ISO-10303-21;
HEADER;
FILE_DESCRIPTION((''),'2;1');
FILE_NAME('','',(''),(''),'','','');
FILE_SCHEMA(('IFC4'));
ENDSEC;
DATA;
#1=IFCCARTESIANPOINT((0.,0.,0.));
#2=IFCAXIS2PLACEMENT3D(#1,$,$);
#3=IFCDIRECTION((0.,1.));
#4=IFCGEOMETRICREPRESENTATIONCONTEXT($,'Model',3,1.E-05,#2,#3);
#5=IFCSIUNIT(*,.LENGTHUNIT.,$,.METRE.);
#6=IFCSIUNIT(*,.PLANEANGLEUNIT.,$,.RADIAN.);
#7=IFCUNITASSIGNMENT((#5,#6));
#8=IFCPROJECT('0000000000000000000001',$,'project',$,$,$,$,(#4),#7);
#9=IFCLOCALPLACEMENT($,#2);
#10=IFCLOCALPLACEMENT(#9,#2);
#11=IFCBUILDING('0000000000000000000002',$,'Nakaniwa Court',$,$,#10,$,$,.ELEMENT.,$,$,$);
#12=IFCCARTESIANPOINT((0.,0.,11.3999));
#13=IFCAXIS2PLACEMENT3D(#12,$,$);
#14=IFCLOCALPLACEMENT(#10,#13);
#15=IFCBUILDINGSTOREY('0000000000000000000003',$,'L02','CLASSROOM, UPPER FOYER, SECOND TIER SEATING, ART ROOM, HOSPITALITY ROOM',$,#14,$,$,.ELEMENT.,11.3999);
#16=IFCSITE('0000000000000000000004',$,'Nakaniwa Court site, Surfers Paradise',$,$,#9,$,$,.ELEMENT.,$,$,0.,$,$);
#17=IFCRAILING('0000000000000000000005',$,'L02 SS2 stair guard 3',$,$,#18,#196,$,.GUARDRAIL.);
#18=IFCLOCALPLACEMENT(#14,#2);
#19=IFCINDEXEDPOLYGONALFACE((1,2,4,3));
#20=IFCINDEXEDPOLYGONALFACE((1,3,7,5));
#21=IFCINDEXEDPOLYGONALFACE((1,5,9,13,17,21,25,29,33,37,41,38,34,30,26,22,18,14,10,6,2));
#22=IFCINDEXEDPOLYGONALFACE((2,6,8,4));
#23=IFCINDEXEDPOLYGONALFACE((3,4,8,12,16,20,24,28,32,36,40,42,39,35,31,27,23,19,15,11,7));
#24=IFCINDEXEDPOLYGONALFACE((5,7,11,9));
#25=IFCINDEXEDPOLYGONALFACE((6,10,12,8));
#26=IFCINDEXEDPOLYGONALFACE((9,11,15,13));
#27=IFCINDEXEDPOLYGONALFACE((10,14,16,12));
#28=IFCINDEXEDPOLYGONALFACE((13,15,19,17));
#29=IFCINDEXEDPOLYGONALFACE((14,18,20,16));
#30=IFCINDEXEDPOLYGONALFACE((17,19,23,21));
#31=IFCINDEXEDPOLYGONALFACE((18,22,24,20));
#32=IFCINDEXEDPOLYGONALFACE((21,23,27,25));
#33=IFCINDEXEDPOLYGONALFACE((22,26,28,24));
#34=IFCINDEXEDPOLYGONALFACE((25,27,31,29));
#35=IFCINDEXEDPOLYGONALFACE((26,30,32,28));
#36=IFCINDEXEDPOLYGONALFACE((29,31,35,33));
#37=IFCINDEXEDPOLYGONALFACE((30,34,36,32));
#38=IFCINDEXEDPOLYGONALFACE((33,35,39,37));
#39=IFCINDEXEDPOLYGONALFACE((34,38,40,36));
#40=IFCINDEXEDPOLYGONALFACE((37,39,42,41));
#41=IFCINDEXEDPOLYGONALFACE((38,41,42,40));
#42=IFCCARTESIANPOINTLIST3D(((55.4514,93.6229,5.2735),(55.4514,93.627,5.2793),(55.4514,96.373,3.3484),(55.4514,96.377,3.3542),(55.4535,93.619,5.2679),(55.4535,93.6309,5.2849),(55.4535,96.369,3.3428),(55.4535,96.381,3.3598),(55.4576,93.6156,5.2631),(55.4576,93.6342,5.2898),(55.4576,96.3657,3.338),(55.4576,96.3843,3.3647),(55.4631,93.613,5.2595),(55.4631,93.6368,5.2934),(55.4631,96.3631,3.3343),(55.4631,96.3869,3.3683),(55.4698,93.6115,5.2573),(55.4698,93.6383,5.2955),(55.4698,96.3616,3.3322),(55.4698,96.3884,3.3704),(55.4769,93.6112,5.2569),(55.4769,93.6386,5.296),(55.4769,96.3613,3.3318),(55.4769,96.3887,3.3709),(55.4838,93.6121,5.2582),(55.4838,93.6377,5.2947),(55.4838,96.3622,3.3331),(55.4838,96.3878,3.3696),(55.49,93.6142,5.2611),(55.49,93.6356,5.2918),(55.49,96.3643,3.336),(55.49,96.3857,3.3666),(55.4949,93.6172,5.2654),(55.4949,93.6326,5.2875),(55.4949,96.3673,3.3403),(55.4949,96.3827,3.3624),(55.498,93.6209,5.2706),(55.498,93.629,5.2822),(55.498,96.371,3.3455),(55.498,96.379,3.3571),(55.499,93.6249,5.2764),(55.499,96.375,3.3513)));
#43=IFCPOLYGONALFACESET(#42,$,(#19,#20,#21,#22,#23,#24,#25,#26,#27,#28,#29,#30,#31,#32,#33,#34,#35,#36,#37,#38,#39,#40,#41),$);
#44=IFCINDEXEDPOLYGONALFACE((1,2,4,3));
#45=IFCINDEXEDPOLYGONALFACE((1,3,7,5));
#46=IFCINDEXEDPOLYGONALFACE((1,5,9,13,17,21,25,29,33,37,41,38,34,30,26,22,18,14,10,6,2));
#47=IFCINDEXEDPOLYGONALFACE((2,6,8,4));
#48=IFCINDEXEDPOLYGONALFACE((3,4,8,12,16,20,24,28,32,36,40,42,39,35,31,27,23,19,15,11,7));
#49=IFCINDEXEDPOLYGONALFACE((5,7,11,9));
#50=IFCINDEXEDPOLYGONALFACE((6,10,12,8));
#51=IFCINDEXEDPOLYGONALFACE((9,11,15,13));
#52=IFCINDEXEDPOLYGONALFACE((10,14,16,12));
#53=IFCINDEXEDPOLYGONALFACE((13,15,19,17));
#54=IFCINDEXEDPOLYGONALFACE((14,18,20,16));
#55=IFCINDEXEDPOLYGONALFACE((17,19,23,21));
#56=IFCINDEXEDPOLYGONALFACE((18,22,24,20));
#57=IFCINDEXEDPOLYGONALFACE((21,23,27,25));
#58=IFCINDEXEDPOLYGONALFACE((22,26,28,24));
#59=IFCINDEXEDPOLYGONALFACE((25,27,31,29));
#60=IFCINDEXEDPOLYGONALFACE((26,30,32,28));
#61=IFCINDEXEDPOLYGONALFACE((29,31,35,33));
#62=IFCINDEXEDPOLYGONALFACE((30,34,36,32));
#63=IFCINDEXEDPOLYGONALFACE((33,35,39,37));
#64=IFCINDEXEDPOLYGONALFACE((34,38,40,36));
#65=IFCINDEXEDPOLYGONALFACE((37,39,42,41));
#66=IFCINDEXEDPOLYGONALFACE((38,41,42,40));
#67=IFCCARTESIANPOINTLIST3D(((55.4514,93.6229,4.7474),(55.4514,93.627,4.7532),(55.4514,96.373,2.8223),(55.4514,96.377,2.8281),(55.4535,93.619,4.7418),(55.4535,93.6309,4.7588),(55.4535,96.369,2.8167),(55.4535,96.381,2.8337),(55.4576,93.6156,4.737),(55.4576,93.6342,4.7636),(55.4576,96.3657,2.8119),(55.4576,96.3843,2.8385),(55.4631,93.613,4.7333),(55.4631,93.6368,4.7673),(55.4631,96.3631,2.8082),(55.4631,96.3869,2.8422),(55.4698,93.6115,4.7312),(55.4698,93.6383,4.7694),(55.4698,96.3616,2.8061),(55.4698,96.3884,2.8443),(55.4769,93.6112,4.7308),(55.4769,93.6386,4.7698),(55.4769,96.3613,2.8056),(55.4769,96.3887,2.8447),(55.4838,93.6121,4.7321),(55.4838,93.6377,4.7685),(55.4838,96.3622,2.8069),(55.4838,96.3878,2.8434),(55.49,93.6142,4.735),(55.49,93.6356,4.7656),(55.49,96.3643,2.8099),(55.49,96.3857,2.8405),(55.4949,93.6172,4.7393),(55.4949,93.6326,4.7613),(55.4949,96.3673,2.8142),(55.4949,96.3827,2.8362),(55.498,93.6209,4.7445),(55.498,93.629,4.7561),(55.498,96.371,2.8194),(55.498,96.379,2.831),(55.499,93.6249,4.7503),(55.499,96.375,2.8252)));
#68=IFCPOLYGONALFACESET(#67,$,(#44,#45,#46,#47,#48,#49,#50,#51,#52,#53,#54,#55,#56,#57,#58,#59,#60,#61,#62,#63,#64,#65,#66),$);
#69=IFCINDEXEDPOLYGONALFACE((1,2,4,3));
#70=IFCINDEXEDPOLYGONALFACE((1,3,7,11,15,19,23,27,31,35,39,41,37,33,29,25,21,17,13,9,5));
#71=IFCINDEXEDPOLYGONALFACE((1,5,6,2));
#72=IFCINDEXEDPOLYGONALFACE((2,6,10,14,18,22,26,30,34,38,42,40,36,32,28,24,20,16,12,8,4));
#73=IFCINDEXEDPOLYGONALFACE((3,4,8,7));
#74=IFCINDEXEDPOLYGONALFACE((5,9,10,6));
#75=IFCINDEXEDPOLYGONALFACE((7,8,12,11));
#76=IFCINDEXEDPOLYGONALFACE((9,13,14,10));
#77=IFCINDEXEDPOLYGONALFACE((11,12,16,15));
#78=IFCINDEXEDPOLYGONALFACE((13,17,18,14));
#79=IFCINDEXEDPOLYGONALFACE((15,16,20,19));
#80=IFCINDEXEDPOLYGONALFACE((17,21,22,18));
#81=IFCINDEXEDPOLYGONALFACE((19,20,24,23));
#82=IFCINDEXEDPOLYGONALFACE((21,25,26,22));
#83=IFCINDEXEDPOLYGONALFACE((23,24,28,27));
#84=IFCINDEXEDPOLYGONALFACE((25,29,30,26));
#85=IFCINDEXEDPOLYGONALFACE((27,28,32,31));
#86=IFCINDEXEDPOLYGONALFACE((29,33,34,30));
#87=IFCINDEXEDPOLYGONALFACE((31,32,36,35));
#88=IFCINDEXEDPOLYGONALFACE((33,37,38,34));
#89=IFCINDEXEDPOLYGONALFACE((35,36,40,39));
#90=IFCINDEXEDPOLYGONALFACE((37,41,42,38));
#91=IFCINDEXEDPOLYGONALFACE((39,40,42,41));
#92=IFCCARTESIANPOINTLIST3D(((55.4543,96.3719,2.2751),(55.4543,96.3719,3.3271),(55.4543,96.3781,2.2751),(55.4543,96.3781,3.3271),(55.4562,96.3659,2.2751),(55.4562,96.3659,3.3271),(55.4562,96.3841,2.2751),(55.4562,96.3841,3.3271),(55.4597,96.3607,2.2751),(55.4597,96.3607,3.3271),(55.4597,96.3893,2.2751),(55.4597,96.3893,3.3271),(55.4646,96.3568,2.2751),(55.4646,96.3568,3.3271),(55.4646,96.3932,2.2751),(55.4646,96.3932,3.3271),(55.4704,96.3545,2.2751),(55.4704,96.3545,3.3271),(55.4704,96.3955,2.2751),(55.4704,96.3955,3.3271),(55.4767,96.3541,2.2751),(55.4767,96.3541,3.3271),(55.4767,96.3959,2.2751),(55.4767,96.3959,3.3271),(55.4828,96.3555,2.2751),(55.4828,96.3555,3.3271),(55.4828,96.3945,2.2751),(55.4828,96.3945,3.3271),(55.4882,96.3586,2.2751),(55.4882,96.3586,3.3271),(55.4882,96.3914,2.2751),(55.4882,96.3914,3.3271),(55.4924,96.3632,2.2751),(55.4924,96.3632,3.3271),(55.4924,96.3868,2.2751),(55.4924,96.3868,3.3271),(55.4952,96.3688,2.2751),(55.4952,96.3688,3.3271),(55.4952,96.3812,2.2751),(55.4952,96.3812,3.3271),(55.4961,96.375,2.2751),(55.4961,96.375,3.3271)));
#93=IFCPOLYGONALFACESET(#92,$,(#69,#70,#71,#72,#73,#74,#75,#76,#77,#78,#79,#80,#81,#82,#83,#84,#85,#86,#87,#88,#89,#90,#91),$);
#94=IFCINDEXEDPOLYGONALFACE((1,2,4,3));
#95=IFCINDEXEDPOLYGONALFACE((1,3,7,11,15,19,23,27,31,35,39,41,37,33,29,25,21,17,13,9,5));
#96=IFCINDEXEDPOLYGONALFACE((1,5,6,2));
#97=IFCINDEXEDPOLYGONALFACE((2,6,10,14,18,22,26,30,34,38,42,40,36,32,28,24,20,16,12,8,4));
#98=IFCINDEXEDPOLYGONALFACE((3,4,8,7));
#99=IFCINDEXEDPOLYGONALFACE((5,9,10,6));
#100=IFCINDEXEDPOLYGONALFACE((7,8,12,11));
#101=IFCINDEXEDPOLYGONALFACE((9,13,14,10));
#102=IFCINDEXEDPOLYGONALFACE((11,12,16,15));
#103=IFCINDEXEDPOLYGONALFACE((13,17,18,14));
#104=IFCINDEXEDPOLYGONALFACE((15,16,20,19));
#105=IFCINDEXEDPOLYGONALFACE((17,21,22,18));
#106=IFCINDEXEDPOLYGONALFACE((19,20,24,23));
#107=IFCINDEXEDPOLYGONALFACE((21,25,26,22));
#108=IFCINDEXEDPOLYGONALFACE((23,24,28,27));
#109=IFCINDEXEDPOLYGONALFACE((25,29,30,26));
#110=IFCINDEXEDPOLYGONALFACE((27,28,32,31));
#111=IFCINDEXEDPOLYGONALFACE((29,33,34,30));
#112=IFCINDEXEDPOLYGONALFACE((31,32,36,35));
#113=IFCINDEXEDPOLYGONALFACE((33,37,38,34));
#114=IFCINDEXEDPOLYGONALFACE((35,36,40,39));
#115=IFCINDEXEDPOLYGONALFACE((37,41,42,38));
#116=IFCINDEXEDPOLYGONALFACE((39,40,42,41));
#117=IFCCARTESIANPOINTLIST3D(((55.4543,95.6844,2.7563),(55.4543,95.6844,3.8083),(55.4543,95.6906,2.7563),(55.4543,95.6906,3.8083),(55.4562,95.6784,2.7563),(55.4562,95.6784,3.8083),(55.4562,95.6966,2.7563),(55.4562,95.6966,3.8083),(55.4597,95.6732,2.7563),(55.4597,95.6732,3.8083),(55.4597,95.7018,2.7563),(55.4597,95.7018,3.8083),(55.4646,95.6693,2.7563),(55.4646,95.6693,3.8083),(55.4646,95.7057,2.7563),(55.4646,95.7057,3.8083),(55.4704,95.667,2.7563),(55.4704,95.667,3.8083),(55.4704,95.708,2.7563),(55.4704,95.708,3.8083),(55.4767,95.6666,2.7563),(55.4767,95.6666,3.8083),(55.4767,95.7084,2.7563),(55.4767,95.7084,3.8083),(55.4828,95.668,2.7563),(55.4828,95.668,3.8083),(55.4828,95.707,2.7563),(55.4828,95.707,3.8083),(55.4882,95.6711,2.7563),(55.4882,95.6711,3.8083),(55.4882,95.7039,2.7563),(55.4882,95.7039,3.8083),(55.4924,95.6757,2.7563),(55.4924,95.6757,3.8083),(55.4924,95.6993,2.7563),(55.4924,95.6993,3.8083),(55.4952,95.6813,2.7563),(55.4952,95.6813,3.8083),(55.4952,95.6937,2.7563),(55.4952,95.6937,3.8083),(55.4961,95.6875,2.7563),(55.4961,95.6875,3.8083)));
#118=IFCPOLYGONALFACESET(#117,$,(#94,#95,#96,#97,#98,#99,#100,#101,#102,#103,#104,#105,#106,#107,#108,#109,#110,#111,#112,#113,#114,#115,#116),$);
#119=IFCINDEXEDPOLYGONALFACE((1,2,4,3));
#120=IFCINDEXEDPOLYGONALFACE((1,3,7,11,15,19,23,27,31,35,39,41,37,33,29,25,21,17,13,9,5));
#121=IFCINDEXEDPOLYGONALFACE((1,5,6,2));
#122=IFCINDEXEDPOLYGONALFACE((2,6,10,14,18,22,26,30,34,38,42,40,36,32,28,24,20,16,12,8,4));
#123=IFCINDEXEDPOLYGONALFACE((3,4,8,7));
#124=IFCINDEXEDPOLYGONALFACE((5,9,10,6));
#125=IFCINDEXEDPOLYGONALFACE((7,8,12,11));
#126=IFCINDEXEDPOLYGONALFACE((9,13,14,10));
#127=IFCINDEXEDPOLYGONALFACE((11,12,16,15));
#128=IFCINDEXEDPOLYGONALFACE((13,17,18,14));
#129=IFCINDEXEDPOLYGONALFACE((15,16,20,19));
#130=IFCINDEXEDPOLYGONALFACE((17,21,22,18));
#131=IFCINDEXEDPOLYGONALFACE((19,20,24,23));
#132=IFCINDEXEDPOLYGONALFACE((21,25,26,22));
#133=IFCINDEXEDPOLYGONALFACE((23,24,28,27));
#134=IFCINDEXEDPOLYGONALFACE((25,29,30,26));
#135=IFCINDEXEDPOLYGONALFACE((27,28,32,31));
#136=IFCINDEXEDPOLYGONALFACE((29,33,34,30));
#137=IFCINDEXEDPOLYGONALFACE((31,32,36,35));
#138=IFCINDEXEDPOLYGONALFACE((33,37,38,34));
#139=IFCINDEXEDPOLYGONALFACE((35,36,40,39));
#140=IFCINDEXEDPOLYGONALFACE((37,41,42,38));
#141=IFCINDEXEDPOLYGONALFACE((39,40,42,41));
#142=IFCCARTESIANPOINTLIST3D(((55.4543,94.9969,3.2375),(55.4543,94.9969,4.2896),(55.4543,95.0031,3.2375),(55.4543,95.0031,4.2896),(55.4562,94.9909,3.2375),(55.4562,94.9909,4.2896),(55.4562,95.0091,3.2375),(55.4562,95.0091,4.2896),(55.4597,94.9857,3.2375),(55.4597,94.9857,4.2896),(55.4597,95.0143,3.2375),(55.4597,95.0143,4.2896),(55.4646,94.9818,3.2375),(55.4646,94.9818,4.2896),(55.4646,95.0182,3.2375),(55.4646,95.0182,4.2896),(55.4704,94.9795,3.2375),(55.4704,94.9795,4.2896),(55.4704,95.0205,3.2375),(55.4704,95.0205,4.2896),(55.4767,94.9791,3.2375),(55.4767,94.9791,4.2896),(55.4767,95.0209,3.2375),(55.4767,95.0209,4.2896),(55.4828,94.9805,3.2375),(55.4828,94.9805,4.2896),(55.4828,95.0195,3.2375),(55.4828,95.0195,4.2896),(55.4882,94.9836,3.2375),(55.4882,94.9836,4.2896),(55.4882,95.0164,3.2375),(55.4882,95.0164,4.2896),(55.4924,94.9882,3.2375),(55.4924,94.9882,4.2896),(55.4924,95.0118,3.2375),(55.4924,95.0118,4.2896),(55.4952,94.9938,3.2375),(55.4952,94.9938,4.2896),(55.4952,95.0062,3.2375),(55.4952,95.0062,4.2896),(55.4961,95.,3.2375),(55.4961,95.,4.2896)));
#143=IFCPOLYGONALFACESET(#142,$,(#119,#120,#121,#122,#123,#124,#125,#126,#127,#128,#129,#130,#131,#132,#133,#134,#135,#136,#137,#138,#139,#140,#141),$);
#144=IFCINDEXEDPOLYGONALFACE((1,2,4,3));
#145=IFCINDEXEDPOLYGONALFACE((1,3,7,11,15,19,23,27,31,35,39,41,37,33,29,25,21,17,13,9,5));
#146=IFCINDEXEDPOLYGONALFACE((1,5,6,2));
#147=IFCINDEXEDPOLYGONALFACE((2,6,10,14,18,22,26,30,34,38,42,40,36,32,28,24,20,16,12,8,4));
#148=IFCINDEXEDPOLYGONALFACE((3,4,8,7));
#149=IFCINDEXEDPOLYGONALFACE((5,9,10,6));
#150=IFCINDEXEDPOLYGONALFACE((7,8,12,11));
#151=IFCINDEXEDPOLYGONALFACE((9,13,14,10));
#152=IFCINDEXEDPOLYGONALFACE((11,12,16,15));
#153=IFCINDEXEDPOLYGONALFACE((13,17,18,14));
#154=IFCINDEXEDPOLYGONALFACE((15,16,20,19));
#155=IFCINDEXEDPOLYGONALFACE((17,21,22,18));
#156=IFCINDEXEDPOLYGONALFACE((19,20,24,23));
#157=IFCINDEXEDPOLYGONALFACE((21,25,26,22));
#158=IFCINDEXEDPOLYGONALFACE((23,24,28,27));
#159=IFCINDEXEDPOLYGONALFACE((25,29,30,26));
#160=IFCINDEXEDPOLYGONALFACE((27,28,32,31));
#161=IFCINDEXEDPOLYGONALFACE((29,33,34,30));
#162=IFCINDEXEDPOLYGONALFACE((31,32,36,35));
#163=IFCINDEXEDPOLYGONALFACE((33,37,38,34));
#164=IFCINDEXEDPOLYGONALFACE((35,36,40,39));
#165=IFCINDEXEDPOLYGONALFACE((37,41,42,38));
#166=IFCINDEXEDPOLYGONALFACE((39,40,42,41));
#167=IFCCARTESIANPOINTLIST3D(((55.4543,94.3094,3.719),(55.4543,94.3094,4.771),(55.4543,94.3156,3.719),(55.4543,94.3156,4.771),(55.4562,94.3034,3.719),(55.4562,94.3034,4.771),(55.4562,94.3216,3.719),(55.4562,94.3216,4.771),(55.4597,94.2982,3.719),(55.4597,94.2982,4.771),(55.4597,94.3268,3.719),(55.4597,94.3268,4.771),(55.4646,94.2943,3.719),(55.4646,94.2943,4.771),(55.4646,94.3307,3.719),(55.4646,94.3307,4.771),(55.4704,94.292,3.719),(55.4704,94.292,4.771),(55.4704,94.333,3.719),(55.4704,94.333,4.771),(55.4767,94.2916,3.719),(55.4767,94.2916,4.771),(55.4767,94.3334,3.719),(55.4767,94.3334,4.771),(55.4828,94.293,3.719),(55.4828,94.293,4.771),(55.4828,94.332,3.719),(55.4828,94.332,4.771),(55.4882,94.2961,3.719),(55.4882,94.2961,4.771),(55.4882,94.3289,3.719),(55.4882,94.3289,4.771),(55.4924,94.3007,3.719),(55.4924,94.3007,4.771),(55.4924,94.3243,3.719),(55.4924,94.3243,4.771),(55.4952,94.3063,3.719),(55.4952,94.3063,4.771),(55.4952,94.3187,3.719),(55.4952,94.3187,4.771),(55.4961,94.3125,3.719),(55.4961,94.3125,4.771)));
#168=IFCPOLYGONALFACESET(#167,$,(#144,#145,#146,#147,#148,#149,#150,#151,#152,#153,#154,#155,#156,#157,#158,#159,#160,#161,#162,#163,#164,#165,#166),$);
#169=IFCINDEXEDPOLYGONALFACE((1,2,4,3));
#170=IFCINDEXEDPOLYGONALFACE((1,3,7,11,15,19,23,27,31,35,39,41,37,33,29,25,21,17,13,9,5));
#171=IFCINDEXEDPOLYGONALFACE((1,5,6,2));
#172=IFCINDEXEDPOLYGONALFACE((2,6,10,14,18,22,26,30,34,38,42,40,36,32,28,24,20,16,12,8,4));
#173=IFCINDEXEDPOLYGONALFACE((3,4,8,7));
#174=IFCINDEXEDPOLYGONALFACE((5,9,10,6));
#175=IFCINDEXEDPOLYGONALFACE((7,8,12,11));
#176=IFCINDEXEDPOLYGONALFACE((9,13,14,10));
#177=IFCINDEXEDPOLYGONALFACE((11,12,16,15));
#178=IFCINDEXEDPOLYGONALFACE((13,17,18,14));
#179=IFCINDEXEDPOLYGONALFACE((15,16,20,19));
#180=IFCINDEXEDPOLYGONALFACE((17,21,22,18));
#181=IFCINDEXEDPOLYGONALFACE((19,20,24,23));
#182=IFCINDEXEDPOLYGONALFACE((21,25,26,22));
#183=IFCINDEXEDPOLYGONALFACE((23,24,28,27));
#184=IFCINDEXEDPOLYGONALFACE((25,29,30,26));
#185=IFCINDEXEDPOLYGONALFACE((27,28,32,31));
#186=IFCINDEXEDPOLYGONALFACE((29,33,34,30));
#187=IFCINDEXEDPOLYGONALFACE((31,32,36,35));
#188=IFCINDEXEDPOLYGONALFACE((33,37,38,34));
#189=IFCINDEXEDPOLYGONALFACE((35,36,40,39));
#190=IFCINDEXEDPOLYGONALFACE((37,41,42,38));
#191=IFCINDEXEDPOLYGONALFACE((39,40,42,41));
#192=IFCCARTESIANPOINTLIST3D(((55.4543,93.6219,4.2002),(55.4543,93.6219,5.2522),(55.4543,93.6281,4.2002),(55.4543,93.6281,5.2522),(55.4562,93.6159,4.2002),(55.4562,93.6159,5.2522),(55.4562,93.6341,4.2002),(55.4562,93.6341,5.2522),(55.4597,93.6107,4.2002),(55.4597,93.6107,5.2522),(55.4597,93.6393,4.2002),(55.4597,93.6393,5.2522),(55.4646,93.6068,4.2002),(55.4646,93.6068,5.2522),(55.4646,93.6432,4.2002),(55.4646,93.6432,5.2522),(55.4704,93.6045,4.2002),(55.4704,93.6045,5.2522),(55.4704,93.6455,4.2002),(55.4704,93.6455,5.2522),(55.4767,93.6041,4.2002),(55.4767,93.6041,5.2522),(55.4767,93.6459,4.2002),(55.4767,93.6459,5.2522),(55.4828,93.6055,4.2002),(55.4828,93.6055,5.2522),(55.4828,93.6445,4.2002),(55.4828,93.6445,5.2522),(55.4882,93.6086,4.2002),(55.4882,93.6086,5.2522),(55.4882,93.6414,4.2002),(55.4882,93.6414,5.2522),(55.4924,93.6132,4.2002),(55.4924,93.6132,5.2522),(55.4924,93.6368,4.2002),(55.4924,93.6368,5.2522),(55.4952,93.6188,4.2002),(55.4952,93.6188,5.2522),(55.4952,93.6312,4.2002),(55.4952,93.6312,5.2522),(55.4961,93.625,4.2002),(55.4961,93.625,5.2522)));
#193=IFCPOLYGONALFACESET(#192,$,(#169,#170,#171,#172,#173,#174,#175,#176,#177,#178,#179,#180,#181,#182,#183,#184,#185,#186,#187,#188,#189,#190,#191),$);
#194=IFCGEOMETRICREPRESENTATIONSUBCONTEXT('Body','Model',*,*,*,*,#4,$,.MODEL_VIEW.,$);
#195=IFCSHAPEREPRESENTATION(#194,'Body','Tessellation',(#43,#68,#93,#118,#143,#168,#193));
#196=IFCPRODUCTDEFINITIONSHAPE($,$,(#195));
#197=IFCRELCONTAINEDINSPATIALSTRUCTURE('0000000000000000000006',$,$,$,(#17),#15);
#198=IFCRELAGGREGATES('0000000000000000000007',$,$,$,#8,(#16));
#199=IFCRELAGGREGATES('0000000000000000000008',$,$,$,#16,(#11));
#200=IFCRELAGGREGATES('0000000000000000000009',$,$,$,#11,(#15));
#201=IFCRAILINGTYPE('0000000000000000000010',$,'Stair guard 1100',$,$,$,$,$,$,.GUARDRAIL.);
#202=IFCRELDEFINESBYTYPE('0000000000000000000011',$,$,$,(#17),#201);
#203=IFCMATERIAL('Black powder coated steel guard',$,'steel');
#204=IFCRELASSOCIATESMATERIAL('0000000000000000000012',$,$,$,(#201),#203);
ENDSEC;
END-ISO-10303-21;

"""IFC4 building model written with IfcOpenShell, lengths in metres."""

from ifc_helpers import new_model, si_unit, direction, frame, origin, origin_2d, place, context, subcontext, project, spatial, circle, extrude, material, type_object, element, save


model = new_model("IFC4")

# Units and contexts
model_context = context("Model", 3, precision=1e-05, world=origin(), true_north=direction((0.0, 1.0)))
body_context = subcontext(model_context, "Body", "Model", "MODEL_VIEW")
ifc_project = project(units=[si_unit("LENGTHUNIT", "METRE"), si_unit("PLANEANGLEUNIT", "RADIAN")], contexts=[model_context])

# Site, building, storey
site_placement = place(None, origin())
site = spatial("IfcSite", under=ifc_project, at=site_placement, Name="Nakaniwa Court site, Surfers Paradise", CompositionType="ELEMENT", RefElevation=0.0)
building_placement = place(site_placement, origin())
building = spatial("IfcBuilding", under=site, at=building_placement, Name="Nakaniwa Court", CompositionType="ELEMENT")
storey_placement = place(building_placement, frame((0.0, 0.0, 11.3999)))
storey = spatial("IfcBuildingStorey", under=building, at=storey_placement, Name="L02", Description="CLASSROOM, UPPER FOYER, SECOND TIER SEATING, ART ROOM, HOSPITALITY ROOM", CompositionType="ELEMENT", Elevation=11.3999)

# Railing
ifc_material_1 = material(Name="Black powder coated steel guard", Category="steel")
railing_type = type_object("IfcRailingType", Name="Stair guard 1100", PredefinedType="GUARDRAIL", material=ifc_material_1)
railing_1_placement = place(storey_placement, frame((55.4751, 96.375, 2.2751)))
element("IfcRailing", 1, at=railing_1_placement, inside=storey, type_object=railing_type, Name="L02 SS2 stair guard 3", PredefinedType="GUARDRAIL", context=body_context, shape_type="SweptSolid", body=[
    extrude(circle(Radius=0.0239, at=origin_2d()), frame((0.0, 0.0, 1.0762), z_axis=(0.0, -0.819225, 0.573472), x_axis=(1.0, 0.0, 0.0)), (0.0, 0.0, 1.0), 3.3569),
    extrude(circle(Radius=0.0239, at=origin_2d()), frame((0.0, 0.0, 0.55), z_axis=(0.0, -0.819225, 0.573472), x_axis=(1.0, 0.0, 0.0)), (0.0, 0.0, 1.0), 3.3569),
    extrude(circle(Radius=0.021, at=origin_2d()), origin(), (0.0, 0.0, 1.0), 1.052),
    extrude(circle(Radius=0.021, at=origin_2d()), frame((0.0, -0.6875, 0.4812)), (0.0, 0.0, 1.0), 1.052),
    extrude(circle(Radius=0.021, at=origin_2d()), frame((0.0, -1.375, 0.9624)), (0.0, 0.0, 1.0), 1.052),
    extrude(circle(Radius=0.021, at=origin_2d()), frame((0.0, -2.0625, 1.4438)), (0.0, 0.0, 1.0), 1.052),
    extrude(circle(Radius=0.021, at=origin_2d()), frame((0.0, -2.75, 1.925)), (0.0, 0.0, 1.0), 1.052),
])

save(model, "model.ifc")
